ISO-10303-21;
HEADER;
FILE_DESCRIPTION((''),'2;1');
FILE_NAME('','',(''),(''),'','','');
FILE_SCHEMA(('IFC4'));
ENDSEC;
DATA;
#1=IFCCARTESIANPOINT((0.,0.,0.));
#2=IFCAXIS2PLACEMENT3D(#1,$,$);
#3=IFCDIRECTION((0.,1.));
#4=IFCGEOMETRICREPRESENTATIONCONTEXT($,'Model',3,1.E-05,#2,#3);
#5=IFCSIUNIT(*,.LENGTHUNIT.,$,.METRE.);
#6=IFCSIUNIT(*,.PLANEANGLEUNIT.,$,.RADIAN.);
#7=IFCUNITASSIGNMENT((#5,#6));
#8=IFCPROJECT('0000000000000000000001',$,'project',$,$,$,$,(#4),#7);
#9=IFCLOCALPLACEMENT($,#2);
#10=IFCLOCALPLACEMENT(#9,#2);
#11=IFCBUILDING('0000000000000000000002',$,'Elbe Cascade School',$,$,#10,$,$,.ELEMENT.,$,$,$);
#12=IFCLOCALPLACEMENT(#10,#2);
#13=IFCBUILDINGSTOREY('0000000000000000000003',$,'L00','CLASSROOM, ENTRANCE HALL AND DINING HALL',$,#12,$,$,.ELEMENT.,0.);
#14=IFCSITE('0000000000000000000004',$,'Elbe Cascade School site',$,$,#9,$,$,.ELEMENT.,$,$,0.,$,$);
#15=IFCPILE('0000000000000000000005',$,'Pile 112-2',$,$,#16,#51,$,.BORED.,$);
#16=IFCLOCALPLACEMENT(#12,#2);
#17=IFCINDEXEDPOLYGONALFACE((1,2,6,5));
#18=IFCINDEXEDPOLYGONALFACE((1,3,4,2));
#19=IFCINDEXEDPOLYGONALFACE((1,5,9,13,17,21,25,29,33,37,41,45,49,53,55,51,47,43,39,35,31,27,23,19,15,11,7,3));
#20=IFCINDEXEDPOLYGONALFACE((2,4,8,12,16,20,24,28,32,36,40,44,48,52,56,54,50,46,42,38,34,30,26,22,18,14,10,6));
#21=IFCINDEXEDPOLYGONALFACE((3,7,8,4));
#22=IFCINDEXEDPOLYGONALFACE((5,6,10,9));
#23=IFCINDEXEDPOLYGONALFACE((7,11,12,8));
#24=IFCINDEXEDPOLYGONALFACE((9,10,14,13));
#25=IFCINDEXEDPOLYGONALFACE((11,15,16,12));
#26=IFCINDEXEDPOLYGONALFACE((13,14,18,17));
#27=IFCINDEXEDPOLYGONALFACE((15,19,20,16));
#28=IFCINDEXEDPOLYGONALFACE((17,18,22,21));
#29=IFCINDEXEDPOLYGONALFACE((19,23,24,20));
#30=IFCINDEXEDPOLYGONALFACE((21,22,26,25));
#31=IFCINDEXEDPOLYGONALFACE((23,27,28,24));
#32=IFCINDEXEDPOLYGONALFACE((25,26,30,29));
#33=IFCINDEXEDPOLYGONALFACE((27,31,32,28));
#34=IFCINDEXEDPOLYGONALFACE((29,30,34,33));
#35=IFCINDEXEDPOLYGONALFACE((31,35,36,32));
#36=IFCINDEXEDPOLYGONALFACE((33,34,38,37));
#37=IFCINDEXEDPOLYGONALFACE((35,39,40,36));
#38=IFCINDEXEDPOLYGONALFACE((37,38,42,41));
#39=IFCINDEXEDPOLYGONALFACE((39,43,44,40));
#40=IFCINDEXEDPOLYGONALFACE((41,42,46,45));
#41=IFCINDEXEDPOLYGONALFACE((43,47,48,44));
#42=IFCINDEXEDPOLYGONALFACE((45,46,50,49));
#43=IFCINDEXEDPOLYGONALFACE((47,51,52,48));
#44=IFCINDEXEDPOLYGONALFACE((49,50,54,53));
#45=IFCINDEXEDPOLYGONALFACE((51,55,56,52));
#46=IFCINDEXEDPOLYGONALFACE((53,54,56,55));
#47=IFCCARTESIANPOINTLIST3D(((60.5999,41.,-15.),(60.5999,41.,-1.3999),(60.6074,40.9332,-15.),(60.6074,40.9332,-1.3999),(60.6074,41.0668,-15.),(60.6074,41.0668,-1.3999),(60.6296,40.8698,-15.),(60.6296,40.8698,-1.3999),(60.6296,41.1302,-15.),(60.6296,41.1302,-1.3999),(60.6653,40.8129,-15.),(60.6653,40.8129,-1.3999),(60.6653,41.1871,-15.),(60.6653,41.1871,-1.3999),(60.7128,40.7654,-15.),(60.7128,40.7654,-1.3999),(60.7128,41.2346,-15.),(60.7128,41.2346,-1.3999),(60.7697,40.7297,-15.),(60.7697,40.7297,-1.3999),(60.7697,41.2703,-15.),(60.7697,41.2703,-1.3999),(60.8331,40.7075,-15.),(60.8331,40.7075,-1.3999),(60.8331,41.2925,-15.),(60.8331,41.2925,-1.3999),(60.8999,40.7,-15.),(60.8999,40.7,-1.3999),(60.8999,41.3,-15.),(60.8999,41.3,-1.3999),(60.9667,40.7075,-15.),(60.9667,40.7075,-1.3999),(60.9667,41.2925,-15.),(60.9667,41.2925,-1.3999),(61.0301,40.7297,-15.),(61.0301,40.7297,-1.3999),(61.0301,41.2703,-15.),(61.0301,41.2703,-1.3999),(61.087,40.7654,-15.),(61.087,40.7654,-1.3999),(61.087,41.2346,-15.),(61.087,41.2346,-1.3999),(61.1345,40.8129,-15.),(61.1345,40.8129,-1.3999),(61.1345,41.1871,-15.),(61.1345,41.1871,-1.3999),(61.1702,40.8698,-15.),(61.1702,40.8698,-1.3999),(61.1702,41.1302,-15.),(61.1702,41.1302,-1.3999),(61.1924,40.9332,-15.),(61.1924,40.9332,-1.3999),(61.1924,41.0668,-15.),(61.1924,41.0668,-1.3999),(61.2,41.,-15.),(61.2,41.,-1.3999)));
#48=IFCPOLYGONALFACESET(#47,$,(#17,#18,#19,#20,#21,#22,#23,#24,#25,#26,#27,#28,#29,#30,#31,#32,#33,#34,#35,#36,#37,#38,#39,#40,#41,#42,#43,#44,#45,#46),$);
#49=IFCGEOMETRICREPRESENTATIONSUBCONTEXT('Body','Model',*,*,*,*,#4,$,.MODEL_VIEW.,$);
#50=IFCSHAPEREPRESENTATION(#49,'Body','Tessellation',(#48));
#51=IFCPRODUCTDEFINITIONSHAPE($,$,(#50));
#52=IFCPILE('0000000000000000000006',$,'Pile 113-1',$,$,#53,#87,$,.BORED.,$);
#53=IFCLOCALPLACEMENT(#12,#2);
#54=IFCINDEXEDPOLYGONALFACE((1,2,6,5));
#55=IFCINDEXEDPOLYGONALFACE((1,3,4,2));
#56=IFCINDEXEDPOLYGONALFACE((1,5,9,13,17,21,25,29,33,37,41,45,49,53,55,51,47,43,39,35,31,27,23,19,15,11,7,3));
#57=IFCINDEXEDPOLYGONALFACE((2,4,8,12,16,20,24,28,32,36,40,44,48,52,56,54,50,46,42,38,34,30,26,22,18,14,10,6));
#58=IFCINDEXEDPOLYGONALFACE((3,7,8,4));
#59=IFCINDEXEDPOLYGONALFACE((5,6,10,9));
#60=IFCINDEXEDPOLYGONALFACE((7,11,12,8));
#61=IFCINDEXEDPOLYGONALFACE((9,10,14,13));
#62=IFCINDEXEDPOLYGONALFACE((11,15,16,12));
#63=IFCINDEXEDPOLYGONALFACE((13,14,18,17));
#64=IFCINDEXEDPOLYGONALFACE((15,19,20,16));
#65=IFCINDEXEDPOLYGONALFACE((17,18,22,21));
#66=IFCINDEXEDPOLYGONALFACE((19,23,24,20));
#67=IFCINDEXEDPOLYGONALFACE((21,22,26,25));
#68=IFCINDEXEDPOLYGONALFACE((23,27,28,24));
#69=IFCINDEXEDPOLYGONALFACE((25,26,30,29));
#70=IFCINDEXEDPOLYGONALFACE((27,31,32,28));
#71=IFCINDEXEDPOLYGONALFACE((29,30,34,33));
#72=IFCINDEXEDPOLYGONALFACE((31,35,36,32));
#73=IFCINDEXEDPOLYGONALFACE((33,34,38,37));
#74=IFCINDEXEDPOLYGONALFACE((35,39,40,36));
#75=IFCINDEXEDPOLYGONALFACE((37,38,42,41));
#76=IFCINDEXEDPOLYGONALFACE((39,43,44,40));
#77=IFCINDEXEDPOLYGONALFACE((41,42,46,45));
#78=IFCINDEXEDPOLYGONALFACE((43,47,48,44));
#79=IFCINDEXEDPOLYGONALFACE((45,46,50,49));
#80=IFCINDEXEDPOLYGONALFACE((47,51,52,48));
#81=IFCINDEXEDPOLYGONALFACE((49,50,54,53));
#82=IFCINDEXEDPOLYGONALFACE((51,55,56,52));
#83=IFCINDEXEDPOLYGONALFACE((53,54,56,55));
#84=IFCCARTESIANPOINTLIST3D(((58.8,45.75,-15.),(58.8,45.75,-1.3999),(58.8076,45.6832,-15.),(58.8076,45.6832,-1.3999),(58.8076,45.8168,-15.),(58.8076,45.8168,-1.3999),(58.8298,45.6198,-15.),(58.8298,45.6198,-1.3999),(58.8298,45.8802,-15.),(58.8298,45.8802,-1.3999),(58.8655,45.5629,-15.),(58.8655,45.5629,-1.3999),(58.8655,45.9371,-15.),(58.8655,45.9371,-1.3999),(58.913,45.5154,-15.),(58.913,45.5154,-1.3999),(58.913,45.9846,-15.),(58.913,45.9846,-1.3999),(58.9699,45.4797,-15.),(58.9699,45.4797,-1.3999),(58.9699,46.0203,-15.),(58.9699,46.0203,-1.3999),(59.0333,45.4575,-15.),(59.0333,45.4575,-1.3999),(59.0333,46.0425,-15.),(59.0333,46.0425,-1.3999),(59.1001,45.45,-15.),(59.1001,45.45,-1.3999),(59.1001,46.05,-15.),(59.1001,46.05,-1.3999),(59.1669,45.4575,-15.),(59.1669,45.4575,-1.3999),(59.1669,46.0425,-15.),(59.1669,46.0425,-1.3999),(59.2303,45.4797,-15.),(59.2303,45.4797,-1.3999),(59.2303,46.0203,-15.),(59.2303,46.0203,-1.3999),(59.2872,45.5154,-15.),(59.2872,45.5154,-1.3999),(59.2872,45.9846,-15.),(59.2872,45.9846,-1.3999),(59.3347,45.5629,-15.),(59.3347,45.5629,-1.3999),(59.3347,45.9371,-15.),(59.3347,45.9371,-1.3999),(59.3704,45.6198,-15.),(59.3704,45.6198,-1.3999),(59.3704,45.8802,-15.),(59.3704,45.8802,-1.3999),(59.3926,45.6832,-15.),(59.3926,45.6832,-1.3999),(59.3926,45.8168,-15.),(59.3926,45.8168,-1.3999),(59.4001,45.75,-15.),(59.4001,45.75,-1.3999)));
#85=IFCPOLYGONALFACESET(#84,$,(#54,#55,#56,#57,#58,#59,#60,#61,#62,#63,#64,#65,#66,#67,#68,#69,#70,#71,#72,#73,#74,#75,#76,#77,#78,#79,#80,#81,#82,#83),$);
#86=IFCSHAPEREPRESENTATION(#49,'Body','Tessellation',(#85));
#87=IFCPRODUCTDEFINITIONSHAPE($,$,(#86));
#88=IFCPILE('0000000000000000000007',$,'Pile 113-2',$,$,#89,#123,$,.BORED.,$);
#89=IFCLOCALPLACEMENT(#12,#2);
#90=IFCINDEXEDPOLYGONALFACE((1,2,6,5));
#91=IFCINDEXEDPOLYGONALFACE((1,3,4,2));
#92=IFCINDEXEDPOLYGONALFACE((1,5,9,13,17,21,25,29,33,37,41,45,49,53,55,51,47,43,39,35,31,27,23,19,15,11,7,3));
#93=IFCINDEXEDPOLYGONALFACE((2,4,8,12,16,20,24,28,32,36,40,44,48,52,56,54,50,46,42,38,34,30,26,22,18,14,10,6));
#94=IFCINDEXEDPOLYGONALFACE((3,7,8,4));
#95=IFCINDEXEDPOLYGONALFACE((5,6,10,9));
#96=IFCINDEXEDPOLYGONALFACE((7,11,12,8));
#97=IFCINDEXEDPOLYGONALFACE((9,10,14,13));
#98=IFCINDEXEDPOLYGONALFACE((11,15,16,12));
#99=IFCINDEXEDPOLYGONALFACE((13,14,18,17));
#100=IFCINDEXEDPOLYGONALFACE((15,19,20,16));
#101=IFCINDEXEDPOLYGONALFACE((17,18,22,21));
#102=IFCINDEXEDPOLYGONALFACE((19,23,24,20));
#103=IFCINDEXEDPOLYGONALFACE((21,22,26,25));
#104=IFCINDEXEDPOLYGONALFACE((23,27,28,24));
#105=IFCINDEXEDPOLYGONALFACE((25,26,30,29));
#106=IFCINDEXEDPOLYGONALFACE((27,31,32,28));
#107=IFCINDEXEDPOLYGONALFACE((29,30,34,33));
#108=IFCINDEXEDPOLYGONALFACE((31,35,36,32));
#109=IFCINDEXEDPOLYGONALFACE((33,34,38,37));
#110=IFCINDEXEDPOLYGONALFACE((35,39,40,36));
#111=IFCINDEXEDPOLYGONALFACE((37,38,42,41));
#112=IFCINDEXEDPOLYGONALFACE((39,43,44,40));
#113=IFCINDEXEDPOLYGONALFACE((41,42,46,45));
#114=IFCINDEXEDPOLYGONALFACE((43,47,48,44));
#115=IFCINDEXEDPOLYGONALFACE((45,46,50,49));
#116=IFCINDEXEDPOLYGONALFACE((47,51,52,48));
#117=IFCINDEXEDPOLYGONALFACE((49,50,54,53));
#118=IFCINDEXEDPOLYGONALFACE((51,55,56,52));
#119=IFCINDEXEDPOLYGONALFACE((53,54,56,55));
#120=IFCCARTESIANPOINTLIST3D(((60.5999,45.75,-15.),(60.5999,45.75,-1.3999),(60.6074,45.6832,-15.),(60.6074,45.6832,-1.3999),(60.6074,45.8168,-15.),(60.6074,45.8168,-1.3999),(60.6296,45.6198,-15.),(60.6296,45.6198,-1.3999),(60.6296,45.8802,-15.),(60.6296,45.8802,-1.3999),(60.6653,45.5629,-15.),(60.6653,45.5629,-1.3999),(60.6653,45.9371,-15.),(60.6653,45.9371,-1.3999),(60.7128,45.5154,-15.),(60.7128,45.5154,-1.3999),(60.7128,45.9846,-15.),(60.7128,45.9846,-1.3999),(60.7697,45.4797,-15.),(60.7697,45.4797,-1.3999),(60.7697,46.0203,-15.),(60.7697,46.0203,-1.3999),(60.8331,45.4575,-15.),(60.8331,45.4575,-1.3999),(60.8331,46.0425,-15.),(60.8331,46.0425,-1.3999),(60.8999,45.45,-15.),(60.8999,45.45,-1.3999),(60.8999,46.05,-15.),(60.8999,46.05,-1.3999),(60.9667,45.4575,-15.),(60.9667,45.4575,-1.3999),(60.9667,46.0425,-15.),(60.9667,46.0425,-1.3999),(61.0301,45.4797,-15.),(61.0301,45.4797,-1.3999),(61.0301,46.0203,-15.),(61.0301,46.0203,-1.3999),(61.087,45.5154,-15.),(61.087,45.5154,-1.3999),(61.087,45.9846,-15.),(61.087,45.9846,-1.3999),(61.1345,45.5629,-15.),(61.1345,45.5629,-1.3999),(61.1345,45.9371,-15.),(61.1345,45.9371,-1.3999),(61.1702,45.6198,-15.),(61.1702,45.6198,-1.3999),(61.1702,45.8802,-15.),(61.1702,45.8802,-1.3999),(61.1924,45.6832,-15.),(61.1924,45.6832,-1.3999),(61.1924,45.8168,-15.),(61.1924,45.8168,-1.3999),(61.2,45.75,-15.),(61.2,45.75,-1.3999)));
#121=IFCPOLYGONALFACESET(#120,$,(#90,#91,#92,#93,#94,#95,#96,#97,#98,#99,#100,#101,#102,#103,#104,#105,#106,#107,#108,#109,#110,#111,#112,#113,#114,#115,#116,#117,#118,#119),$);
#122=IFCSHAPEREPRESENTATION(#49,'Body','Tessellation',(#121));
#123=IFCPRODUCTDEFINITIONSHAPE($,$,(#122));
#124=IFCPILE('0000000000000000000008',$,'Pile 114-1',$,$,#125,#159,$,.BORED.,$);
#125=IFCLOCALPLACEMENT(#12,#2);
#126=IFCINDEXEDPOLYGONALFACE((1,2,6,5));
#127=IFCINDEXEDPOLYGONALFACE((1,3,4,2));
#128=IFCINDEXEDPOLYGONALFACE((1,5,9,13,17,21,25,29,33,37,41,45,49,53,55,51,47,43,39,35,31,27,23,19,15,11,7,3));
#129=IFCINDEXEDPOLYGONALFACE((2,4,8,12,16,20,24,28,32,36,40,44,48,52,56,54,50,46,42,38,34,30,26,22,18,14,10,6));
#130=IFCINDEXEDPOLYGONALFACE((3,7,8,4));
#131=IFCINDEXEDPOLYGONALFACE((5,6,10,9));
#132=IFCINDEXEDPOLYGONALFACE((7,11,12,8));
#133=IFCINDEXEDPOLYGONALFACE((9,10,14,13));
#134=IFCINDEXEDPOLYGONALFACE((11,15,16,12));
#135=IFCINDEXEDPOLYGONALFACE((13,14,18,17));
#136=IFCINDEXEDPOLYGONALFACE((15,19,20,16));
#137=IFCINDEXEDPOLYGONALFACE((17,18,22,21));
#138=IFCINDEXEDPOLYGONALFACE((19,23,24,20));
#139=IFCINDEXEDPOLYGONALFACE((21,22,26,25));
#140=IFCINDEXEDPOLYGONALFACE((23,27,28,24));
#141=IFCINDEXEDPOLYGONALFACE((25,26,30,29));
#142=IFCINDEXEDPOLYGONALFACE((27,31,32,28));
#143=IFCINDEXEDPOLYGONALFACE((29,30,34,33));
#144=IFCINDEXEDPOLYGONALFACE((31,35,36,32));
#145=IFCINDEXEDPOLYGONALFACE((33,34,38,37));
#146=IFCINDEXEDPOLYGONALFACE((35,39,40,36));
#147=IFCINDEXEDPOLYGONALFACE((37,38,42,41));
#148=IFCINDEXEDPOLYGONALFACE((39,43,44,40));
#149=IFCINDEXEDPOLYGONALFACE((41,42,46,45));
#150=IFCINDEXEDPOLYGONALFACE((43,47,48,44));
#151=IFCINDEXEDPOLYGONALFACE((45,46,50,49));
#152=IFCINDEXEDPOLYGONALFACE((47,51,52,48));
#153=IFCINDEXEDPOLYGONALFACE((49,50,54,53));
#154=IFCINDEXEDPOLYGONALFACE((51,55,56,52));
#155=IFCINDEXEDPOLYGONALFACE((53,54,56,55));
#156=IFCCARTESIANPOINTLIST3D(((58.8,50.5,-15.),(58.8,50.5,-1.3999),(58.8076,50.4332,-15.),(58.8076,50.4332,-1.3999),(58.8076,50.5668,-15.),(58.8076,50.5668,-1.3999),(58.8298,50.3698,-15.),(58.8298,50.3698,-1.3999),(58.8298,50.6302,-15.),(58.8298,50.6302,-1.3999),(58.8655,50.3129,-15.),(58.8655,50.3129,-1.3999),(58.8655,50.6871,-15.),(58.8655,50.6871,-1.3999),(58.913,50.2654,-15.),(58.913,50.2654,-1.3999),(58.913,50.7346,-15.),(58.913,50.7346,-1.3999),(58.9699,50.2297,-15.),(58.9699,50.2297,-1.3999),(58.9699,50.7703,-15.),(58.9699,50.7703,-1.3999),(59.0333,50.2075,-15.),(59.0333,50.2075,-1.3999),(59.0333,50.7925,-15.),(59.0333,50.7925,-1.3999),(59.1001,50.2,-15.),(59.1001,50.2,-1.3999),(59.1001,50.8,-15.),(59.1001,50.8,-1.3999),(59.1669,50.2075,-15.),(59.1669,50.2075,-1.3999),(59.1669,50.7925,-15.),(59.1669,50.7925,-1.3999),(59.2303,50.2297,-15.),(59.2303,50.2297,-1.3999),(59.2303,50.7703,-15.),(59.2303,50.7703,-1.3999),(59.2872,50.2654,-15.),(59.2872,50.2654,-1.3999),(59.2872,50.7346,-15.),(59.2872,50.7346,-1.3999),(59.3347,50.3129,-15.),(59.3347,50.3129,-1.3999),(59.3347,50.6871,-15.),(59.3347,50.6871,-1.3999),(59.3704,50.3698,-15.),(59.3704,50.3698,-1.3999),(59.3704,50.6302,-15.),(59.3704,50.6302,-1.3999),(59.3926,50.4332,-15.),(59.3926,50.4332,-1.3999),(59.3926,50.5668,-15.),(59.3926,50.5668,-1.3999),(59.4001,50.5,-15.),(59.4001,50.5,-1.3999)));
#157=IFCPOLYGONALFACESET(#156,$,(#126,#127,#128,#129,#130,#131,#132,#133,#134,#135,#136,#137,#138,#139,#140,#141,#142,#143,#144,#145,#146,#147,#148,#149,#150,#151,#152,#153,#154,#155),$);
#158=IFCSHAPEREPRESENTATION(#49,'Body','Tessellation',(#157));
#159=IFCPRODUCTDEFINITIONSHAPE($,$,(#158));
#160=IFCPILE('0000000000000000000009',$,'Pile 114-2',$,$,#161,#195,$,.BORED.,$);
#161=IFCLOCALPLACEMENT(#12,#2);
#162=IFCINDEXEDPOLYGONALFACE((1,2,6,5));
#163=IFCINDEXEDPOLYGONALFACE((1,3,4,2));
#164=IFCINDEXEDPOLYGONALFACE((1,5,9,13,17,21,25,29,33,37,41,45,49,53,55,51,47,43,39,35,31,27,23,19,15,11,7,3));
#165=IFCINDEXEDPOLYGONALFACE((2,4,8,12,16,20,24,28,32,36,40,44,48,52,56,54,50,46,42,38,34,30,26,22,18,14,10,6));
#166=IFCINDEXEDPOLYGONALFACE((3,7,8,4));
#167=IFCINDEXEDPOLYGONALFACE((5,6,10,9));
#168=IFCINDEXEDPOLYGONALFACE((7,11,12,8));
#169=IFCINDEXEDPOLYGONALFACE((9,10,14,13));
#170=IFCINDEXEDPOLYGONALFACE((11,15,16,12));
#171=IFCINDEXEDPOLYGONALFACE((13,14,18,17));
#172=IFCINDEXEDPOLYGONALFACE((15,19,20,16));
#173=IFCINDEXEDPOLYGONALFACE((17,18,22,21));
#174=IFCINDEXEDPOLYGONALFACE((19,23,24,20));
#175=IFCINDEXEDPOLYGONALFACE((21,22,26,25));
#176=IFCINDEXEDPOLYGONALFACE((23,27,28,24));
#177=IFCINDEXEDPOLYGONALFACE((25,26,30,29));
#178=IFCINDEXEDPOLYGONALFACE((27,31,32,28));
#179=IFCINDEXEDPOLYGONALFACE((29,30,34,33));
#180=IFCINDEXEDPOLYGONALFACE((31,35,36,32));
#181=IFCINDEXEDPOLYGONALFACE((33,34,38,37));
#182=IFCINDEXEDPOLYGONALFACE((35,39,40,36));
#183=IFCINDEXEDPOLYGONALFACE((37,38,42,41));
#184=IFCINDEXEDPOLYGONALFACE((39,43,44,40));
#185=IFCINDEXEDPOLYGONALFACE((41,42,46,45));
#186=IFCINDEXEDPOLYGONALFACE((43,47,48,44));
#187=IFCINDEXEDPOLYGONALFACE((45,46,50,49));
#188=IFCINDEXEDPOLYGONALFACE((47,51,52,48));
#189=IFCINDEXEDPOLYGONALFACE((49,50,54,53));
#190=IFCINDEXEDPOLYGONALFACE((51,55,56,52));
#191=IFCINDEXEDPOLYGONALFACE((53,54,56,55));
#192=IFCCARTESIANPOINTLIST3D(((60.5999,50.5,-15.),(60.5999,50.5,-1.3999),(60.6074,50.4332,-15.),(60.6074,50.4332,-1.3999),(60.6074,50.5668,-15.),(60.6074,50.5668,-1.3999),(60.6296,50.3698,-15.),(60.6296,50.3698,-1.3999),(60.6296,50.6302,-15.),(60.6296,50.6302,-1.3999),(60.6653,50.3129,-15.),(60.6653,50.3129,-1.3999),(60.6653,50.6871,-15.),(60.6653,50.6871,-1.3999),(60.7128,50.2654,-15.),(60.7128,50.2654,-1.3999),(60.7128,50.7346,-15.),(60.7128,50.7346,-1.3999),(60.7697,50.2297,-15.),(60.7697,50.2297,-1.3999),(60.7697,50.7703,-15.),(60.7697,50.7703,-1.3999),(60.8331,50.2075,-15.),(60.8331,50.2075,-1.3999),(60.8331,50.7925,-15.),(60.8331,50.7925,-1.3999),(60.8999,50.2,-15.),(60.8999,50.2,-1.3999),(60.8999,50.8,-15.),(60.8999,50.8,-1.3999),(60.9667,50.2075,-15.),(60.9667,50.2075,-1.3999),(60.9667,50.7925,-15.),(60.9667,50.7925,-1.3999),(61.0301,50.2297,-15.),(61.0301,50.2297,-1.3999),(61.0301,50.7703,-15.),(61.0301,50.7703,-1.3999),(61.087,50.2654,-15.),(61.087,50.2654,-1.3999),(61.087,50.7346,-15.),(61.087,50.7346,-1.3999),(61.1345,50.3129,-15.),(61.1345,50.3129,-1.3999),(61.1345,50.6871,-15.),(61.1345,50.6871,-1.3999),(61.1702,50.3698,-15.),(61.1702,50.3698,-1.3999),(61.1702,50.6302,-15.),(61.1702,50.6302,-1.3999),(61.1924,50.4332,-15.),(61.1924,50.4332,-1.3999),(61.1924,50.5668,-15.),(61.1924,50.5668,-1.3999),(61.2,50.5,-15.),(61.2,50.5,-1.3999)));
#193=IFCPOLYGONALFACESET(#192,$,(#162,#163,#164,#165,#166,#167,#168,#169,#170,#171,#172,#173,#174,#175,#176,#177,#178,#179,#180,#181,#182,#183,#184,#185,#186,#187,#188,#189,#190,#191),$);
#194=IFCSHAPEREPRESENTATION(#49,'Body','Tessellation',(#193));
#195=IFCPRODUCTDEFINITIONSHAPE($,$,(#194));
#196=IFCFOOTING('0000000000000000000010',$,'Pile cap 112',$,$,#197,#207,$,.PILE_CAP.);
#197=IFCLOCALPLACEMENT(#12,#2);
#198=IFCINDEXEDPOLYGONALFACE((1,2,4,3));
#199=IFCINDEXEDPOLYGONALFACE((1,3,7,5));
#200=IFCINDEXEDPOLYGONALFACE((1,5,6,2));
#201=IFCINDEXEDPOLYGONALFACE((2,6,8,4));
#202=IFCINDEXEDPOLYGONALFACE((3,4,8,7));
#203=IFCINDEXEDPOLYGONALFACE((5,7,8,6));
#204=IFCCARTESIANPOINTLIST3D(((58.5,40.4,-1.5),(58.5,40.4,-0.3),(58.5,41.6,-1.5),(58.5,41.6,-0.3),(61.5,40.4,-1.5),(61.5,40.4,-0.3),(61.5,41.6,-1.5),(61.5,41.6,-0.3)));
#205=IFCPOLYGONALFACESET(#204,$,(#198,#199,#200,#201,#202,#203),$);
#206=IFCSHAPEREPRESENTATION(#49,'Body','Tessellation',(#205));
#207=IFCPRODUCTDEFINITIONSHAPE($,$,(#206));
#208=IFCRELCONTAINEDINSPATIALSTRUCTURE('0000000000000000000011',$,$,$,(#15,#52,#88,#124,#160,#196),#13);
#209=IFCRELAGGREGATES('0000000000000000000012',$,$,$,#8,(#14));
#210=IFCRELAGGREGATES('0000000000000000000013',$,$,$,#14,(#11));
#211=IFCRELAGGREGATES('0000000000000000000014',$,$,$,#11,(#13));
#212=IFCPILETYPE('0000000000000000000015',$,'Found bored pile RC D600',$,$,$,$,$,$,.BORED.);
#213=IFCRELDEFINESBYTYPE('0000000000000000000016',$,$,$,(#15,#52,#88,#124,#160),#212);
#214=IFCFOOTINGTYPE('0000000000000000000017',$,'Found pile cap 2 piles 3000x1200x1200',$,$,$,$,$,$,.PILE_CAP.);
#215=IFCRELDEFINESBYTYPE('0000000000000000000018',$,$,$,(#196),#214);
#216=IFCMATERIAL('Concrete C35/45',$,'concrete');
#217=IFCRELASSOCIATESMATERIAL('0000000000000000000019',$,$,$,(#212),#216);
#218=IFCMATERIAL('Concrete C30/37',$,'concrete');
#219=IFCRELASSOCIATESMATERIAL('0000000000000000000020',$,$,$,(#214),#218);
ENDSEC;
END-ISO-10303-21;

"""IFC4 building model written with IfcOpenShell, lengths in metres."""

from ifc_helpers import new_model, si_unit, direction, frame, origin, origin_2d, place, context, subcontext, project, spatial, rectangle, circle, extrude, material, material_profile, profile_set, type_object, element, save


model = new_model("IFC4")

# Units and contexts
model_context = context("Model", 3, precision=1e-05, world=origin(), true_north=direction((0.0, 1.0)))
body_context = subcontext(model_context, "Body", "Model", "MODEL_VIEW")
ifc_project = project(units=[si_unit("LENGTHUNIT", "METRE"), si_unit("PLANEANGLEUNIT", "RADIAN")], contexts=[model_context])

# Site, building, storey
site_placement = place(None, origin())
site = spatial("IfcSite", under=ifc_project, at=site_placement, Name="Elbe Cascade School site", CompositionType="ELEMENT", RefElevation=0.0)
building_placement = place(site_placement, origin())
building = spatial("IfcBuilding", under=site, at=building_placement, Name="Elbe Cascade School", CompositionType="ELEMENT")
storey_placement = place(building_placement, origin())
storey = spatial("IfcBuildingStorey", under=building, at=storey_placement, Name="L00", Description="CLASSROOM, ENTRANCE HALL AND DINING HALL", CompositionType="ELEMENT", Elevation=0.0)

# Piles
ifc_material_1 = material(Name="Concrete C35/45", Category="concrete")
ifc_material_profile_1 = material_profile(ifc_material_1, circle(Radius=0.3, at=origin_2d()), Name="RC D600")
ifc_profile_set_1 = profile_set([ifc_material_profile_1], Name="Concrete C35/45")
pile_type = type_object("IfcPileType", Name="Found bored pile RC D600", PredefinedType="BORED", material=ifc_profile_set_1)
for number, where, z_axis, x_axis, name in (
    (1, (60.8999, 41.0, -1.3999), (0.0, 0.0, -1.0), (1.0, 0.0, 0.0), "Pile 112-2"),
    (2, (59.1001, 45.75, -1.3999), (0.0, 0.0, -1.0), (1.0, 0.0, 0.0), "Pile 113-1"),
    (3, (60.8999, 45.75, -1.3999), (0.0, 0.0, -1.0), (1.0, 0.0, 0.0), "Pile 113-2"),
    (4, (59.1001, 50.5, -1.3999), (0.0, 0.0, -1.0), (1.0, 0.0, 0.0), "Pile 114-1"),
    (5, (60.8999, 50.5, -1.3999), (0.0, 0.0, -1.0), (1.0, 0.0, 0.0), "Pile 114-2"),
):
    element("IfcPile", number, at=place(storey_placement, frame(where, z_axis=z_axis, x_axis=x_axis)), inside=storey, type_object=pile_type, Name=name, PredefinedType="BORED", context=body_context, shape_type="SweptSolid", body=[
        extrude(circle(Radius=0.3, at=origin_2d()), origin(), (0.0, 0.0, 1.0), 13.6001),
    ])

# Footing
ifc_material_2 = material(Name="Concrete C30/37", Category="concrete")
footing_type = type_object("IfcFootingType", Name="Found pile cap 2 piles 3000x1200x1200", PredefinedType="PILE_CAP", material=ifc_material_2)
for number, where, z_axis, x_axis, name in (
    (6, (60.0, 41.0, -1.5), (0.0, 0.0, 1.0), (1.0, 0.0, 0.0), "Pile cap 112"),
):
    element("IfcFooting", number, at=place(storey_placement, frame(where, z_axis=z_axis, x_axis=x_axis)), inside=storey, type_object=footing_type, Name=name, PredefinedType="PILE_CAP", context=body_context, shape_type="SweptSolid", body=[
        extrude(rectangle(XDim=3.0, YDim=1.2, at=origin_2d()), origin(), (0.0, 0.0, 1.0), 1.2),
    ])

save(model, "model.ifc")
